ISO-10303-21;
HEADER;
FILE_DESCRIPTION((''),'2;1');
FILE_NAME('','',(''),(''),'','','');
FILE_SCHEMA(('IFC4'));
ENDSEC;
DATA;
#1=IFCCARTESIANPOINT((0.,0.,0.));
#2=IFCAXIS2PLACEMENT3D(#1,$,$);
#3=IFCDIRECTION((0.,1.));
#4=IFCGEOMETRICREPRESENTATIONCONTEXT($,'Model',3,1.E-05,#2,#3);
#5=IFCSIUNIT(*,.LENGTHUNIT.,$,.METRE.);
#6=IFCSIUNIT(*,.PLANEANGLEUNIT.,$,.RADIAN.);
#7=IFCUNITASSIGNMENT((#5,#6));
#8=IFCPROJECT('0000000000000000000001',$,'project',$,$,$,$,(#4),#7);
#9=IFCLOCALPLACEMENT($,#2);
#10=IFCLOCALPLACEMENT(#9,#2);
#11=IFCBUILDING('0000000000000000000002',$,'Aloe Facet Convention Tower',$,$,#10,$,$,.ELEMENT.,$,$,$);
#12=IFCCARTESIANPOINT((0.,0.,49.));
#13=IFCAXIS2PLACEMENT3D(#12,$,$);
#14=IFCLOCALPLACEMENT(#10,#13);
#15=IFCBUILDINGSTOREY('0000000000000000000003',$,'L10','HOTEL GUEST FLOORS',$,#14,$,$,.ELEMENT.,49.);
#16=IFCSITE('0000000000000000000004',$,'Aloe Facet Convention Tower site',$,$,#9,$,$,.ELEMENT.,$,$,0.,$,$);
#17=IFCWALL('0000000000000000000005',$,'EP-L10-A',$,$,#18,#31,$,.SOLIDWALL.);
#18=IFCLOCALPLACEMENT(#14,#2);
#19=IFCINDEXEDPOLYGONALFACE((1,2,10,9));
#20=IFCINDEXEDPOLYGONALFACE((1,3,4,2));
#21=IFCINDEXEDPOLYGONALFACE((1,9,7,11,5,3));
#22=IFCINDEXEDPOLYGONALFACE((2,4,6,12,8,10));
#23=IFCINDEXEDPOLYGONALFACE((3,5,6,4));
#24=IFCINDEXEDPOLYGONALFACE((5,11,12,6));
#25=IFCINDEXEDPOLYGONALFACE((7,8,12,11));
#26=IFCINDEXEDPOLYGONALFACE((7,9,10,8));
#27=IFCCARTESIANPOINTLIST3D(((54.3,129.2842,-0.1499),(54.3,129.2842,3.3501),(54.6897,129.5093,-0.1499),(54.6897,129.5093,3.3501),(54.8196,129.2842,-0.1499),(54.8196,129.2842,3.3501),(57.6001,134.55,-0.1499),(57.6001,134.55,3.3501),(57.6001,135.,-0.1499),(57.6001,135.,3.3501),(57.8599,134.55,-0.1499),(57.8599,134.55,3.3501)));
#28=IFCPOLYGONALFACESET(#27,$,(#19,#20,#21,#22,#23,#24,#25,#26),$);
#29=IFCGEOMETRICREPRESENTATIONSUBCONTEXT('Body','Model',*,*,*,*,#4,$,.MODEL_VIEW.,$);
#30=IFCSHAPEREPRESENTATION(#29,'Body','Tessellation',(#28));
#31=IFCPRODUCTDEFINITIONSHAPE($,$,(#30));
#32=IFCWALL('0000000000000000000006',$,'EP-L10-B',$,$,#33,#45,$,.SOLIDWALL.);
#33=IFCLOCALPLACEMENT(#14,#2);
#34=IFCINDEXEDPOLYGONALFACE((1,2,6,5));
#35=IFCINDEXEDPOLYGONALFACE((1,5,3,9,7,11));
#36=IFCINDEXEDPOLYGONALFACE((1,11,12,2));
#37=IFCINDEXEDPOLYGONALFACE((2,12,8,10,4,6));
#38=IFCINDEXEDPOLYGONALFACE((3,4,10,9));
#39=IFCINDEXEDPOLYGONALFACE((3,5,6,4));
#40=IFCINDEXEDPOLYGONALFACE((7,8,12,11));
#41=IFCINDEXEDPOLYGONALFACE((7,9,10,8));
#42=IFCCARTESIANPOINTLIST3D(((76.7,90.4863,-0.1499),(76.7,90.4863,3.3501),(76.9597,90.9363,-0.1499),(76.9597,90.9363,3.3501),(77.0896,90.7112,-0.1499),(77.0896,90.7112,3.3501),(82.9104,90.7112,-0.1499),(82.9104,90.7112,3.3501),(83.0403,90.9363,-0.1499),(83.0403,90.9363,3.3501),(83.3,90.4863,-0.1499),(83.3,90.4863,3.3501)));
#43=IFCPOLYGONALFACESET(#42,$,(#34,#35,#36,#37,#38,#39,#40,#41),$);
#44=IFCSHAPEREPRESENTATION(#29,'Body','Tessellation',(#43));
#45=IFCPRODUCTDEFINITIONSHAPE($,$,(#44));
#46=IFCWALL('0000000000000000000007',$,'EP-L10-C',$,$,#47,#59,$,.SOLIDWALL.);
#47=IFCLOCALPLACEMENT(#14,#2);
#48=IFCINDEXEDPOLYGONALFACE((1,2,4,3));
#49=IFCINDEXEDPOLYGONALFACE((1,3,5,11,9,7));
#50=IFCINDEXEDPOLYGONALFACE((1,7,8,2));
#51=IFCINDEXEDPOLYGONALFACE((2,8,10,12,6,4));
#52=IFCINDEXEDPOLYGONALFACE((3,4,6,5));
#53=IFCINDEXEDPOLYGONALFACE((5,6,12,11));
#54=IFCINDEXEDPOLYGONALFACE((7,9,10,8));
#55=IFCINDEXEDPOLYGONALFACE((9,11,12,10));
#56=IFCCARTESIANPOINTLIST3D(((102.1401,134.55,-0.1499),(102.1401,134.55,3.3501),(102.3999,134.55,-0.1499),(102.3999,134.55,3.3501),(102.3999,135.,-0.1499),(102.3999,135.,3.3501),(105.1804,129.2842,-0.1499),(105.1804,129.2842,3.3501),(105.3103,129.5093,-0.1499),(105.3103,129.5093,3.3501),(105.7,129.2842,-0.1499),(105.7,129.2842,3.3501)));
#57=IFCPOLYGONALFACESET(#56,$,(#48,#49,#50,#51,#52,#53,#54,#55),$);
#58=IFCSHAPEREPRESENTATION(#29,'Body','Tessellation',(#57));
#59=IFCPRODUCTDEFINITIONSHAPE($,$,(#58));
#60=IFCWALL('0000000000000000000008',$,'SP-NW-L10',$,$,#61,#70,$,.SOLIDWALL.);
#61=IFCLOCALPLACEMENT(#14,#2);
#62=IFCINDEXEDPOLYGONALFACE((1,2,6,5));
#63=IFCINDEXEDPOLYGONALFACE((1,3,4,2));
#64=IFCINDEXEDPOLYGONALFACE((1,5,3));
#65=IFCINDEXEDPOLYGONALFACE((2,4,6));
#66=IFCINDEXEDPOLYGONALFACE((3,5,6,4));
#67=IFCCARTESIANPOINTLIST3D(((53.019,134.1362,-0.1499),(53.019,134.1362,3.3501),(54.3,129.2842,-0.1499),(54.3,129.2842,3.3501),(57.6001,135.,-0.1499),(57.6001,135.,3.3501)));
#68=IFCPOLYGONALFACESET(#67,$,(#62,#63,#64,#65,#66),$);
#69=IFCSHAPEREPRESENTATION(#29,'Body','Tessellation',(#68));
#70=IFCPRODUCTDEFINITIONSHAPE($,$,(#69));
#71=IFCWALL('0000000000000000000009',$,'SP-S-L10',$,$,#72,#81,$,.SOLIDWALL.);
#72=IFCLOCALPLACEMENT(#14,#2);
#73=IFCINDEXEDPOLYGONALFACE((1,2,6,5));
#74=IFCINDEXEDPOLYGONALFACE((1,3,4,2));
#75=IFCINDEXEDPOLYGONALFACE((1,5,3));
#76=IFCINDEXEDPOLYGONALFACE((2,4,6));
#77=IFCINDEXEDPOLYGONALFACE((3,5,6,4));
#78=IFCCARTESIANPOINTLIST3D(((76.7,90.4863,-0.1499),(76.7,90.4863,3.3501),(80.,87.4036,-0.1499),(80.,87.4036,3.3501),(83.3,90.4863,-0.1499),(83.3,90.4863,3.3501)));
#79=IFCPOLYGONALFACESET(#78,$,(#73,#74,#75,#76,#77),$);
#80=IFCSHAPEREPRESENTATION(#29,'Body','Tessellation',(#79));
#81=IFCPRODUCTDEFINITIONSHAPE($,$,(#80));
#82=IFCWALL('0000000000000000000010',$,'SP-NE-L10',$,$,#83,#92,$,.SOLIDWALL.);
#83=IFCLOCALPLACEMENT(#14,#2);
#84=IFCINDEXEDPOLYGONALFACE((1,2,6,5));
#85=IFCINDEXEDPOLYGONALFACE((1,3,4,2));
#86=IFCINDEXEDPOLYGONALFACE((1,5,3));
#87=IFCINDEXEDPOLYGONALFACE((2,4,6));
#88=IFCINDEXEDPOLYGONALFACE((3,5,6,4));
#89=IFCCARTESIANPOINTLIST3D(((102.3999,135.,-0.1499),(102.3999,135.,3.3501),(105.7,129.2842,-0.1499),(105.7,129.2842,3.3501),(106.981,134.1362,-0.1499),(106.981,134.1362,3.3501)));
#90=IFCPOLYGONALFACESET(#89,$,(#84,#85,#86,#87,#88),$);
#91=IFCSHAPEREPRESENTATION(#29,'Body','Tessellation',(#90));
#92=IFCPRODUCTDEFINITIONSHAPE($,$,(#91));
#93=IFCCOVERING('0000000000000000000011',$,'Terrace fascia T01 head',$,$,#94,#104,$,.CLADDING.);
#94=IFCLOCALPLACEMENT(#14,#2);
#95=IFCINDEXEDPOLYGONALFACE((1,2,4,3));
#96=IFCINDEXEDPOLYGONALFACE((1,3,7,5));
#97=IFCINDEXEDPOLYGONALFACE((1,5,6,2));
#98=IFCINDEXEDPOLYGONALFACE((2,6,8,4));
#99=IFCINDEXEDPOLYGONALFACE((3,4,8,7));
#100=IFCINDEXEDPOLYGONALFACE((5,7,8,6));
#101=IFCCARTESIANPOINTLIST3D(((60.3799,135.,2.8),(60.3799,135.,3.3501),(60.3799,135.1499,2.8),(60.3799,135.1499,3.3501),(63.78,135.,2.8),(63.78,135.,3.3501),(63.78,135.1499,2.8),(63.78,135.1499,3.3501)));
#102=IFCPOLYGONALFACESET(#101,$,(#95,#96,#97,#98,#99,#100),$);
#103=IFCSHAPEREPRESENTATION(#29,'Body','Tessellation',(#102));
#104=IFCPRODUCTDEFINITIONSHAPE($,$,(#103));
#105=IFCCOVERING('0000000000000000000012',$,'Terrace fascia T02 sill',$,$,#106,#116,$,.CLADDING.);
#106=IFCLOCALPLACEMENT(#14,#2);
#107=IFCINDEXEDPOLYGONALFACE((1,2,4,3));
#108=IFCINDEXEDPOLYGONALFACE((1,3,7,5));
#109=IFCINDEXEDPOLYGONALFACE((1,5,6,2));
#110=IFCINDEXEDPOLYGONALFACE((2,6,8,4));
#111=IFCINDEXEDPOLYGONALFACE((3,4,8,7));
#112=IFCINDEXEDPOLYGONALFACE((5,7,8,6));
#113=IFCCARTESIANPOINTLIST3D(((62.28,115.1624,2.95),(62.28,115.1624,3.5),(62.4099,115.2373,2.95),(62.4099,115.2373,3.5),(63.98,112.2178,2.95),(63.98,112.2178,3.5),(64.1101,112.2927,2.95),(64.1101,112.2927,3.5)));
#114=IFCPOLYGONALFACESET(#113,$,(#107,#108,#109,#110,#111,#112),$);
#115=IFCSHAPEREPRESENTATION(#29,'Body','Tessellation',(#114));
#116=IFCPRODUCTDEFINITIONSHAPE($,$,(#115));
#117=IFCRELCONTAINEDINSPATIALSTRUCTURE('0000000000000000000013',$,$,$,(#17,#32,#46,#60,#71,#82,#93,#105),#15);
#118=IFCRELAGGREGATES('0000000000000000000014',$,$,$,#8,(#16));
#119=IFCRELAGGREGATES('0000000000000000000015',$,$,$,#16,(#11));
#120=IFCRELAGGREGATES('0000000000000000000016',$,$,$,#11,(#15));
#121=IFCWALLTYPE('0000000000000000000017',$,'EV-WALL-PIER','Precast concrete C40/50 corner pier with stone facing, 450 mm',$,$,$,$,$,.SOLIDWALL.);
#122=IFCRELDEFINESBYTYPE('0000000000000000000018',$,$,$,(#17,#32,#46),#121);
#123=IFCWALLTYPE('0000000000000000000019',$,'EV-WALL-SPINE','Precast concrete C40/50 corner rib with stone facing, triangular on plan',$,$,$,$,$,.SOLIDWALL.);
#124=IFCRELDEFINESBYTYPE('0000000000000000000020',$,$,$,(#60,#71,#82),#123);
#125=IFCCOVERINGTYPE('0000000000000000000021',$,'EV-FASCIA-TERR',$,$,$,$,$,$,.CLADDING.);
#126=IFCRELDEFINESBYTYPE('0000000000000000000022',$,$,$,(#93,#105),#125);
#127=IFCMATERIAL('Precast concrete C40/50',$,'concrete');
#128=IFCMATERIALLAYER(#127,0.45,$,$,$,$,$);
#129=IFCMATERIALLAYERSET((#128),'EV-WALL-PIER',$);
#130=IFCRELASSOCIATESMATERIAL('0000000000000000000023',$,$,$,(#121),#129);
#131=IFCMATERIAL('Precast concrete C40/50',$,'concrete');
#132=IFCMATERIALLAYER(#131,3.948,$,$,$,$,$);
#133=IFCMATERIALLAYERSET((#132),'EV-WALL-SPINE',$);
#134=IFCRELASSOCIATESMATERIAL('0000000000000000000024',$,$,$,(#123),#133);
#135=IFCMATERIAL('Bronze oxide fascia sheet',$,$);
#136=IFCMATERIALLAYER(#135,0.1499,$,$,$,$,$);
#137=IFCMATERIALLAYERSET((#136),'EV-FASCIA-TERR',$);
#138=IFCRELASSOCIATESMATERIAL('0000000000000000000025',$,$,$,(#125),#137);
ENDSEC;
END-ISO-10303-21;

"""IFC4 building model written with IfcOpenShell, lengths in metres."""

from ifc_helpers import new_model, si_unit, direction, frame, origin, place, context, subcontext, project, spatial, polyline, outline, extrude, material, layer, layer_set, type_object, element, save


model = new_model("IFC4")

# Units and contexts
model_context = context("Model", 3, precision=1e-05, world=origin(), true_north=direction((0.0, 1.0)))
body_context = subcontext(model_context, "Body", "Model", "MODEL_VIEW")
ifc_project = project(units=[si_unit("LENGTHUNIT", "METRE"), si_unit("PLANEANGLEUNIT", "RADIAN")], contexts=[model_context])

# Site, building, storey
site_placement = place(None, origin())
site = spatial("IfcSite", under=ifc_project, at=site_placement, Name="Aloe Facet Convention Tower site", CompositionType="ELEMENT", RefElevation=0.0)
building_placement = place(site_placement, origin())
building = spatial("IfcBuilding", under=site, at=building_placement, Name="Aloe Facet Convention Tower", CompositionType="ELEMENT")
storey_placement = place(building_placement, frame((0.0, 0.0, 49.0)))
storey = spatial("IfcBuildingStorey", under=building, at=storey_placement, Name="L10", Description="HOTEL GUEST FLOORS", CompositionType="ELEMENT", Elevation=49.0)

# Walls
ifc_material_1 = material(Name="Precast concrete C40/50", Category="concrete")
ifc_layer_1 = layer(ifc_material_1, 0.45)
ifc_layer_set_1 = layer_set([ifc_layer_1], Name="EV-WALL-PIER")
wall_type_1 = type_object("IfcWallType", Name="EV-WALL-PIER", Description="Precast concrete C40/50 corner pier with stone facing, 450 mm", PredefinedType="SOLIDWALL", material=ifc_layer_set_1)
wall_1_placement = place(storey_placement, frame((0.0, 0.0, -0.1499)))
element("IfcWall", 1, at=wall_1_placement, inside=storey, type_object=wall_type_1, Name="EP-L10-A", PredefinedType="SOLIDWALL", context=body_context, shape_type="SweptSolid", body=[
    extrude(outline(polyline([(57.6001, 135.0), (57.6001, 134.55), (57.8599, 134.55), (54.8196, 129.2842), (54.6897, 129.5093), (54.3, 129.2842), (57.6001, 135.0)])), origin(), (0.0, 0.0, 1.0), 3.5),
])
wall_2_placement = place(storey_placement, frame((0.0, 0.0, -0.1499)))
element("IfcWall", 2, at=wall_2_placement, inside=storey, type_object=wall_type_1, Name="EP-L10-B", PredefinedType="SOLIDWALL", context=body_context, shape_type="SweptSolid", body=[
    extrude(outline(polyline([(76.7, 90.4863), (77.0896, 90.7112), (76.9597, 90.9363), (83.0403, 90.9363), (82.9104, 90.7112), (83.3, 90.4863), (76.7, 90.4863)])), origin(), (0.0, 0.0, 1.0), 3.5),
])
wall_3_placement = place(storey_placement, frame((0.0, 0.0, -0.1499)))
element("IfcWall", 3, at=wall_3_placement, inside=storey, type_object=wall_type_1, Name="EP-L10-C", PredefinedType="SOLIDWALL", context=body_context, shape_type="SweptSolid", body=[
    extrude(outline(polyline([(105.7, 129.2842), (105.3103, 129.5093), (105.1804, 129.2842), (102.1401, 134.55), (102.3999, 134.55), (102.3999, 135.0), (105.7, 129.2842)])), origin(), (0.0, 0.0, 1.0), 3.5),
])
ifc_material_2 = material(Name="Precast concrete C40/50", Category="concrete")
ifc_layer_2 = layer(ifc_material_2, 3.948)
ifc_layer_set_2 = layer_set([ifc_layer_2], Name="EV-WALL-SPINE")
wall_type_2 = type_object("IfcWallType", Name="EV-WALL-SPINE", Description="Precast concrete C40/50 corner rib with stone facing, triangular on plan", PredefinedType="SOLIDWALL", material=ifc_layer_set_2)
wall_4_placement = place(storey_placement, frame((0.0, 0.0, -0.1499)))
element("IfcWall", 4, at=wall_4_placement, inside=storey, type_object=wall_type_2, Name="SP-NW-L10", PredefinedType="SOLIDWALL", context=body_context, shape_type="SweptSolid", body=[
    extrude(outline(polyline([(57.6001, 135.0), (53.019, 134.1362), (54.3, 129.2842), (57.6001, 135.0)])), origin(), (0.0, 0.0, 1.0), 3.5),
])
wall_5_placement = place(storey_placement, frame((0.0, 0.0, -0.1499)))
element("IfcWall", 5, at=wall_5_placement, inside=storey, type_object=wall_type_2, Name="SP-S-L10", PredefinedType="SOLIDWALL", context=body_context, shape_type="SweptSolid", body=[
    extrude(outline(polyline([(76.7, 90.4863), (80.0, 87.4036), (83.3, 90.4863), (76.7, 90.4863)])), origin(), (0.0, 0.0, 1.0), 3.5),
])
wall_6_placement = place(storey_placement, frame((0.0, 0.0, -0.1499)))
element("IfcWall", 6, at=wall_6_placement, inside=storey, type_object=wall_type_2, Name="SP-NE-L10", PredefinedType="SOLIDWALL", context=body_context, shape_type="SweptSolid", body=[
    extrude(outline(polyline([(105.7, 129.2842), (106.981, 134.1362), (102.3999, 135.0), (105.7, 129.2842)])), origin(), (0.0, 0.0, 1.0), 3.5),
])

# Coverings
ifc_material_3 = material(Name="Bronze oxide fascia sheet")
ifc_layer_3 = layer(ifc_material_3, 0.1499)
ifc_layer_set_3 = layer_set([ifc_layer_3], Name="EV-FASCIA-TERR")
covering_type = type_object("IfcCoveringType", Name="EV-FASCIA-TERR", PredefinedType="CLADDING", material=ifc_layer_set_3)
covering_1_placement = place(storey_placement, frame((0.0, 0.0, 2.8)))
element("IfcCovering", 7, at=covering_1_placement, inside=storey, type_object=covering_type, Name="Terrace fascia T01 head", PredefinedType="CLADDING", context=body_context, shape_type="SweptSolid", body=[
    extrude(outline(polyline([(63.78, 135.1499), (60.3799, 135.1499), (60.3799, 135.0), (63.78, 135.0), (63.78, 135.1499)])), origin(), (0.0, 0.0, 1.0), 0.55),
])
covering_2_placement = place(storey_placement, frame((0.0, 0.0, 2.95)))
element("IfcCovering", 8, at=covering_2_placement, inside=storey, type_object=covering_type, Name="Terrace fascia T02 sill", PredefinedType="CLADDING", context=body_context, shape_type="SweptSolid", body=[
    extrude(outline(polyline([(62.28, 115.1624), (63.98, 112.2178), (64.1101, 112.2927), (62.4099, 115.2373), (62.28, 115.1624)])), origin(), (0.0, 0.0, 1.0), 0.55),
])

save(model, "model.ifc")
